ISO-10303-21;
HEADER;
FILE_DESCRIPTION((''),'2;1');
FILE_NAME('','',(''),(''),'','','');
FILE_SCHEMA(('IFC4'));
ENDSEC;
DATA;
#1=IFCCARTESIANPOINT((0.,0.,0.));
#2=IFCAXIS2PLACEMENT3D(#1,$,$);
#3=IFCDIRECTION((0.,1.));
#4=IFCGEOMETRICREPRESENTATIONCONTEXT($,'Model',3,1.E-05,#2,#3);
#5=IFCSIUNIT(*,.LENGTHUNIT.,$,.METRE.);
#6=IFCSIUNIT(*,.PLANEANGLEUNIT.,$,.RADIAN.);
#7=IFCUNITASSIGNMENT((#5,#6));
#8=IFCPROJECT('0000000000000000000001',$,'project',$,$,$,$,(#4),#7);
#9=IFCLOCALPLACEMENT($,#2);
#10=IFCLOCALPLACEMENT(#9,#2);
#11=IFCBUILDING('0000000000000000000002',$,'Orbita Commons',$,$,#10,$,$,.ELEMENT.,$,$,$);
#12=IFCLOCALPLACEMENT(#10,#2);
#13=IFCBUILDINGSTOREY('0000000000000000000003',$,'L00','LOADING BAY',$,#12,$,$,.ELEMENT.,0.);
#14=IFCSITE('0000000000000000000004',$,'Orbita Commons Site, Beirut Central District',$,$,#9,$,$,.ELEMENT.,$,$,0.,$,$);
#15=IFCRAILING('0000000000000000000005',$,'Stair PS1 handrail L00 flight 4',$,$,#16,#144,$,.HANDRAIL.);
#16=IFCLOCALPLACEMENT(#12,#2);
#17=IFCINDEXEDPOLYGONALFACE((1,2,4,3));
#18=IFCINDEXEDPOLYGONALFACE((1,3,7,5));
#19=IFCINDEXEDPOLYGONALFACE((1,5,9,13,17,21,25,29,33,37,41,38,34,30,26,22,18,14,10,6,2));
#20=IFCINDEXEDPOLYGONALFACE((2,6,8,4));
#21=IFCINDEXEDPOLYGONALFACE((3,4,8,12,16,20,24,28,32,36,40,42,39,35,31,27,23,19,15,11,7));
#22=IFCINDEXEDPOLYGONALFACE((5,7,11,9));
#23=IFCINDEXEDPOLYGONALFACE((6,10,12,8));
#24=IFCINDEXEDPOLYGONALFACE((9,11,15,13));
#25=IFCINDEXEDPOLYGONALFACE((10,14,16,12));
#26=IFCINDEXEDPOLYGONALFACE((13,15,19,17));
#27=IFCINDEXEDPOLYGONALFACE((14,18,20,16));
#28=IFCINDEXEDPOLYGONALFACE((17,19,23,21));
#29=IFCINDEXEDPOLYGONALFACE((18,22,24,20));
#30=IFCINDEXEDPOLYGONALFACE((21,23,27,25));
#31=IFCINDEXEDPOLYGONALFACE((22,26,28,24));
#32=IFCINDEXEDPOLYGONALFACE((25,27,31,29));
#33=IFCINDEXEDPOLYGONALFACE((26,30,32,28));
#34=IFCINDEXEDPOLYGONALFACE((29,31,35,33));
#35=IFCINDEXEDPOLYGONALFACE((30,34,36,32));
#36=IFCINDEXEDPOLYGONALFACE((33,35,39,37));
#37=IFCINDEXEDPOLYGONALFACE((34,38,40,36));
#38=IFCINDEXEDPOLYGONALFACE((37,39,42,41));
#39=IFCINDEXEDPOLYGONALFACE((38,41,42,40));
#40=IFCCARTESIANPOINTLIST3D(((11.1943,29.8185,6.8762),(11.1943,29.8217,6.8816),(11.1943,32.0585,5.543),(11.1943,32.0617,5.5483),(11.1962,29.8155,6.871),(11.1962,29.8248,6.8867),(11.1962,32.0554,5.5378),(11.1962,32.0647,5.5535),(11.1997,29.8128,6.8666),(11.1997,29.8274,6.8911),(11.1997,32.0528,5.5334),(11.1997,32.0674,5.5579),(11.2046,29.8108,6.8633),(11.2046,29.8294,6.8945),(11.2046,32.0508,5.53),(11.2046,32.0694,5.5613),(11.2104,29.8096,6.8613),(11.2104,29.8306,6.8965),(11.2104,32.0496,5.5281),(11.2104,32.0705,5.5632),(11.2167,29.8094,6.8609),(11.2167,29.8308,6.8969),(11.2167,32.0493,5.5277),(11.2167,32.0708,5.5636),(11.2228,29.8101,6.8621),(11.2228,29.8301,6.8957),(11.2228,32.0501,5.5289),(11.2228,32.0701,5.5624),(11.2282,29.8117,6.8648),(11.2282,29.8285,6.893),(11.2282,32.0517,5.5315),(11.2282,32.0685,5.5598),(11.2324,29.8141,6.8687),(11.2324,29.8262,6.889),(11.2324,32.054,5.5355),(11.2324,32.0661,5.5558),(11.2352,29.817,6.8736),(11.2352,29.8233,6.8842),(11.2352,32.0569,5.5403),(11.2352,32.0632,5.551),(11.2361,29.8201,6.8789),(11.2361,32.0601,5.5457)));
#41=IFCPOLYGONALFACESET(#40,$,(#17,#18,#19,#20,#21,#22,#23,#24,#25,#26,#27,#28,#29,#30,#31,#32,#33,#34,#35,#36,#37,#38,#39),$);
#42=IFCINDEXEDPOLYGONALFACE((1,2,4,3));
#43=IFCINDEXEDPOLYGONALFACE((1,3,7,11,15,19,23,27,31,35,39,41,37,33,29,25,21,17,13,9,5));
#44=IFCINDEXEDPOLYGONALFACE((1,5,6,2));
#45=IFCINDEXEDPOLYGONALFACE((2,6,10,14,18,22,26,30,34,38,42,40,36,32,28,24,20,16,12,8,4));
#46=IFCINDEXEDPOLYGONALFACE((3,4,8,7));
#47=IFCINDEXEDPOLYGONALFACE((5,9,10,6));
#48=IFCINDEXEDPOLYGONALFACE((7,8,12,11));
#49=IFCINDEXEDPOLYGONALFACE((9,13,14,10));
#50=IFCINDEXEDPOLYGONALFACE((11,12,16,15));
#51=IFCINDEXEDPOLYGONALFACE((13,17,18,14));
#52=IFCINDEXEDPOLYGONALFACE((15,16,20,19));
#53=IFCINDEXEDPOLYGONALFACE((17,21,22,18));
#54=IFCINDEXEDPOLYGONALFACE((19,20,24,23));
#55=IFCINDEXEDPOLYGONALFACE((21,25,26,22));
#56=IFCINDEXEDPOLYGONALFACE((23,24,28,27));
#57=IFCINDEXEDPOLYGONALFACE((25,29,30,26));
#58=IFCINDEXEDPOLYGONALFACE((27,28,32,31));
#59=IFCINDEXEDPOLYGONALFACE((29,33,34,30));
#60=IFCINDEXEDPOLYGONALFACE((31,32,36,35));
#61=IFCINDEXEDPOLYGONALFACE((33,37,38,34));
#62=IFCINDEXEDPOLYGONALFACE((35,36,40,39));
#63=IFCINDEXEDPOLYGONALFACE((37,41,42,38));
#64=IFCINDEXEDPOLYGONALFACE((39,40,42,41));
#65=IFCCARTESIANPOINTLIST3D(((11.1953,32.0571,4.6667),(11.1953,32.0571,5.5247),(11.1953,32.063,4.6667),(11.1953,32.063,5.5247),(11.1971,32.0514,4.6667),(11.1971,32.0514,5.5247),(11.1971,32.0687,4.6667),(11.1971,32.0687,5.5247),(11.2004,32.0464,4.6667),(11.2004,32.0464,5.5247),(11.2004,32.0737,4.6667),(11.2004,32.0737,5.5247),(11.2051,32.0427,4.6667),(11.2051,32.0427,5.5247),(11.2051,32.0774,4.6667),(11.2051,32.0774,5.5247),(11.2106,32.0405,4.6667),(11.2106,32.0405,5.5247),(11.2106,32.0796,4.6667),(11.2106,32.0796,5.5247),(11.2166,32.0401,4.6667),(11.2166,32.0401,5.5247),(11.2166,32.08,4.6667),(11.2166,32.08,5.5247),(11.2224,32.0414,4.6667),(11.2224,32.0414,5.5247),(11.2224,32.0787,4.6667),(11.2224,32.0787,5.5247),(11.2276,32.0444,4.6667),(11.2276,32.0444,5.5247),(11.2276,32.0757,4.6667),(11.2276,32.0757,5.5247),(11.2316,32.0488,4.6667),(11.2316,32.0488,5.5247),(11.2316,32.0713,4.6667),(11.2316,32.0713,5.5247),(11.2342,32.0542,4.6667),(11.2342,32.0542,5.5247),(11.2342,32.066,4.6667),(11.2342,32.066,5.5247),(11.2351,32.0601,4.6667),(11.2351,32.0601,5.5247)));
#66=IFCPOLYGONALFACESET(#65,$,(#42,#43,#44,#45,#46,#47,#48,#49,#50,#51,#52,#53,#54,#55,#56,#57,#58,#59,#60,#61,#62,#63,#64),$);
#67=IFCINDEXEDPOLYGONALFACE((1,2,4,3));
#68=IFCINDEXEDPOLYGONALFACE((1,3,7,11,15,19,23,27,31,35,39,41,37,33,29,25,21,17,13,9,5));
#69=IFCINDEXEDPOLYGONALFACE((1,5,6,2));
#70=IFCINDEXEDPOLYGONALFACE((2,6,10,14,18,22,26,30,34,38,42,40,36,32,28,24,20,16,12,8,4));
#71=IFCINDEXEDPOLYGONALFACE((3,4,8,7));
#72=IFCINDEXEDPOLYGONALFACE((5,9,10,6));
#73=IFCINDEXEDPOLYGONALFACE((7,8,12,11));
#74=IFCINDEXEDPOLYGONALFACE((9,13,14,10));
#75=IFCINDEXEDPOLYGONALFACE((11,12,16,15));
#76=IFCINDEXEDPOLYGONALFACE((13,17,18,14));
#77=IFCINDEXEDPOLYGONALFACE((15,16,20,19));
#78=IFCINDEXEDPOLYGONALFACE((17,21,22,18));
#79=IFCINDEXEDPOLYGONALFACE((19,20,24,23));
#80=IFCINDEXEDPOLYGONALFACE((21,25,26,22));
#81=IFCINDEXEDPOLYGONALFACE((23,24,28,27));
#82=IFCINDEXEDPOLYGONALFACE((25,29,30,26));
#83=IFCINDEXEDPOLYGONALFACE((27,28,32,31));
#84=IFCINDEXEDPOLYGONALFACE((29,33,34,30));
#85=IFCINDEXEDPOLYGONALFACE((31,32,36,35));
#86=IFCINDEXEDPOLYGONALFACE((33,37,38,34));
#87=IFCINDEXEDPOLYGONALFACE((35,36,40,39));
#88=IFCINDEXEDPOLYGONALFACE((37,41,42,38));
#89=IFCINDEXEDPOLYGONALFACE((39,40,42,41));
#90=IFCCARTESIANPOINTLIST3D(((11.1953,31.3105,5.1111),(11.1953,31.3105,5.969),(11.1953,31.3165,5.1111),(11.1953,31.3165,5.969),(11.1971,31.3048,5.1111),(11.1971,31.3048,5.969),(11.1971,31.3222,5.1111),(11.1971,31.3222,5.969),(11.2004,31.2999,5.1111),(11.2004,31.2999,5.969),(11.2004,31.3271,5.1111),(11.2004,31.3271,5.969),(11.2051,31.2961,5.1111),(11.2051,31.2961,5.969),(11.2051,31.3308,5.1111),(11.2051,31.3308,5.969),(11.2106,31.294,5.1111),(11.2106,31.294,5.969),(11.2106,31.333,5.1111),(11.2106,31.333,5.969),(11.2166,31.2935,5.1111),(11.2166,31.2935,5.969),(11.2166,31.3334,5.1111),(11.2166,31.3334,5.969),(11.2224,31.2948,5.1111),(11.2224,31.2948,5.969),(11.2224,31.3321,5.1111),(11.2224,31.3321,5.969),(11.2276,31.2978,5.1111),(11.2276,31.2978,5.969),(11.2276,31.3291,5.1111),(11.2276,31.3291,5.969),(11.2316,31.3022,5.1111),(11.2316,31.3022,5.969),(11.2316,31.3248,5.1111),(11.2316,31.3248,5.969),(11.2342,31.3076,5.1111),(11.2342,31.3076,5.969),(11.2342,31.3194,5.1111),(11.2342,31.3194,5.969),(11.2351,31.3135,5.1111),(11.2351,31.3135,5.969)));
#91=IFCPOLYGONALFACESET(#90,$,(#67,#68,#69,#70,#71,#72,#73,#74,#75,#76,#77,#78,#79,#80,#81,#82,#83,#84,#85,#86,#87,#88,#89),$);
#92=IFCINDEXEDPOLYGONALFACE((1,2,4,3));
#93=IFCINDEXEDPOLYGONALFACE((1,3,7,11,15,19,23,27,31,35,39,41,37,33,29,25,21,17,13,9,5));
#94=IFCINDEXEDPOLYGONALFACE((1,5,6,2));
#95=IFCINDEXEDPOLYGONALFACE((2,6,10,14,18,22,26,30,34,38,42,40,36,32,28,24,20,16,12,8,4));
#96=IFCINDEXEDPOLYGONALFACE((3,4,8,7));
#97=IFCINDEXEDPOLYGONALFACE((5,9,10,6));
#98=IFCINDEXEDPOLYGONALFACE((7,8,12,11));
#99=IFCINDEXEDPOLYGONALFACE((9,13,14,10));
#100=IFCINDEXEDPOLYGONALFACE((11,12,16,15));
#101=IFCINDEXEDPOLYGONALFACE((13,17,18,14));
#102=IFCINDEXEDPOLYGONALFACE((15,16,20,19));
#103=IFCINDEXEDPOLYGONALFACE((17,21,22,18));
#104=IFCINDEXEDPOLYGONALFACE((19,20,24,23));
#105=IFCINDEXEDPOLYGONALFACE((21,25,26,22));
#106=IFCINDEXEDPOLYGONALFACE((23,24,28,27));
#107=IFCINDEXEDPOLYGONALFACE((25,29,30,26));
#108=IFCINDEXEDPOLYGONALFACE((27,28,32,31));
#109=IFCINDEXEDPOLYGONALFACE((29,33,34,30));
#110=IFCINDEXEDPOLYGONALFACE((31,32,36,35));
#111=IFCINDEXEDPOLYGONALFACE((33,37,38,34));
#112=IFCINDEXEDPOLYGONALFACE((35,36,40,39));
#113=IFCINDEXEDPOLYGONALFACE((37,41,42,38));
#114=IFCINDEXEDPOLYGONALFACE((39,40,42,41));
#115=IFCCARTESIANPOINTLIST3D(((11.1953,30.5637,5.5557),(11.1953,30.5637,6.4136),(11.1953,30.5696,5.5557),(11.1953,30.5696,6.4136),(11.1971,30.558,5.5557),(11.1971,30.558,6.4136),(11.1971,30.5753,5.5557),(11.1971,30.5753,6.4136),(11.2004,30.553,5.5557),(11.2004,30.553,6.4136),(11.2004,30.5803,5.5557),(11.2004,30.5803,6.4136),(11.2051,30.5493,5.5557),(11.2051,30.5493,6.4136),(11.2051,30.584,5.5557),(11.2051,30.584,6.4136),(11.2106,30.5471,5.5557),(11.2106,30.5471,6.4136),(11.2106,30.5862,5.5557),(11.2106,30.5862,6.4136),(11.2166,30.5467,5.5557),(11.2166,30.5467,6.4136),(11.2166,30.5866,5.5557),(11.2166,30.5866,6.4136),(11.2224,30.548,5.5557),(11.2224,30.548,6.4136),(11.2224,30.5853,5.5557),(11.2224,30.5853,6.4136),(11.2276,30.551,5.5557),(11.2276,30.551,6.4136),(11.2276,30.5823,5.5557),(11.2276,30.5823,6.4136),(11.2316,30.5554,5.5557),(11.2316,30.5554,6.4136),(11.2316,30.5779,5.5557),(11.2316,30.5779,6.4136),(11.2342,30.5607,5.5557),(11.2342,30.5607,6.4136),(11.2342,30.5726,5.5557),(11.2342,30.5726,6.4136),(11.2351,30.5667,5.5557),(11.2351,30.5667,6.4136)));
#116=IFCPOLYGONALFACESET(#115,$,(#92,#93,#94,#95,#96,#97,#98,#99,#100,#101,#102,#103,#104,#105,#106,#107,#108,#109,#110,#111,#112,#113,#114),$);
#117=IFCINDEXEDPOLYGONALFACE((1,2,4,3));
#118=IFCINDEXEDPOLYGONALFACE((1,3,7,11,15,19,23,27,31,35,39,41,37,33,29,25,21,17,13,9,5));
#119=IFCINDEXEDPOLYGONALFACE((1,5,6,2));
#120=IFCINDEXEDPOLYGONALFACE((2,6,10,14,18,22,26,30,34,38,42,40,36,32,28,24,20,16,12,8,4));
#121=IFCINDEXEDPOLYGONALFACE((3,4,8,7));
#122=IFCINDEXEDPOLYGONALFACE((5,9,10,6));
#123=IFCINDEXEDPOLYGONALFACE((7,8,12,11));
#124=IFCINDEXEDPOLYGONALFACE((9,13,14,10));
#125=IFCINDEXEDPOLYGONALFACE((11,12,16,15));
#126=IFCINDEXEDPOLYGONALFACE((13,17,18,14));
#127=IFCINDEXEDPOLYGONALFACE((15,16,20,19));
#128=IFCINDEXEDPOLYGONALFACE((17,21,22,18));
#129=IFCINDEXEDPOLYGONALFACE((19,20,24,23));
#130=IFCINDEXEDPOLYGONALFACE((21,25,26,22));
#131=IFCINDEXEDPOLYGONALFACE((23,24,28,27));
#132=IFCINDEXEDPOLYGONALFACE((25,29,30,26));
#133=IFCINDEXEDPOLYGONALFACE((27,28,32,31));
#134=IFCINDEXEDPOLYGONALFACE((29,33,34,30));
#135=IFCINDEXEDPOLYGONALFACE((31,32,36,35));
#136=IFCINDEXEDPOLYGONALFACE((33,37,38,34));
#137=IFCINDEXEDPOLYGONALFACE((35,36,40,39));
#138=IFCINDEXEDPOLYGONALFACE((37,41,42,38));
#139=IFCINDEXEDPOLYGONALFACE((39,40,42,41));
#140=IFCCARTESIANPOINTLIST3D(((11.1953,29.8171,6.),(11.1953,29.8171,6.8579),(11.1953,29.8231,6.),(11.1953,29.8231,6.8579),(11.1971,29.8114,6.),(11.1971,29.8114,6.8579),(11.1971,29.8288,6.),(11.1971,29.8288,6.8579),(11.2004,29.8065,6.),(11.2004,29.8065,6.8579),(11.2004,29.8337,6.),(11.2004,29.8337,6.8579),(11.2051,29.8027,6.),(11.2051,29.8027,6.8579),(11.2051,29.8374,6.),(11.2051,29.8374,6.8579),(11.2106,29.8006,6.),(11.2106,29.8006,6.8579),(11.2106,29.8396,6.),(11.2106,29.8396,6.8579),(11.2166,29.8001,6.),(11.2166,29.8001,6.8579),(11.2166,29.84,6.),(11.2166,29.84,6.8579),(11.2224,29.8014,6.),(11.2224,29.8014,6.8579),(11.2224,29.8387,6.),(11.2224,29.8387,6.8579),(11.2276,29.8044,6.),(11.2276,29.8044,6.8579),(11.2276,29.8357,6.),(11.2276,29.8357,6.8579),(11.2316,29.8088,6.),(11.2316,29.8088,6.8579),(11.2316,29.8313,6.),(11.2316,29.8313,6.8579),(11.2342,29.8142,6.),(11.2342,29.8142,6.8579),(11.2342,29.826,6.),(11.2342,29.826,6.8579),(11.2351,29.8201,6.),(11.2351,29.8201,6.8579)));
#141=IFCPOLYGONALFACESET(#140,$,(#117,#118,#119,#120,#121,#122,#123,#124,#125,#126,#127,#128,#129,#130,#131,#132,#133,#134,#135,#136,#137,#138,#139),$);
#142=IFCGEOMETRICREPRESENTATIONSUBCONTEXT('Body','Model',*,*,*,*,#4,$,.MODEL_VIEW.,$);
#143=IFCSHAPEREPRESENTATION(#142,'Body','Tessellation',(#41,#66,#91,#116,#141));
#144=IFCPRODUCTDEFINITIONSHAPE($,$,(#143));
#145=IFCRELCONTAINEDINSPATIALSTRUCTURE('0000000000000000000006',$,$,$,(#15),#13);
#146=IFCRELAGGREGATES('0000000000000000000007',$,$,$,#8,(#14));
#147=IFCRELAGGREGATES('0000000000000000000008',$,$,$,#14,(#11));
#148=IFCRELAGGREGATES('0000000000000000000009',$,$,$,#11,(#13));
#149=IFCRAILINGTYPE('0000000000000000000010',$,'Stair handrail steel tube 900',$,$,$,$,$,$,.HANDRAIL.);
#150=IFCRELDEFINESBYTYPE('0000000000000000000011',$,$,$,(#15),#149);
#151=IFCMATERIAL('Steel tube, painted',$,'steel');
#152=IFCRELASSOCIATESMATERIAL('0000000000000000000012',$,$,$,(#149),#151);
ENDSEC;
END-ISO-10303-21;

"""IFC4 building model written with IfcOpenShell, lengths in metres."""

from ifc_helpers import new_model, si_unit, direction, frame, origin, origin_2d, place, context, subcontext, project, spatial, circle, extrude, material, type_object, element, save


model = new_model("IFC4")

# Units and contexts
model_context = context("Model", 3, precision=1e-05, world=origin(), true_north=direction((0.0, 1.0)))
body_context = subcontext(model_context, "Body", "Model", "MODEL_VIEW")
ifc_project = project(units=[si_unit("LENGTHUNIT", "METRE"), si_unit("PLANEANGLEUNIT", "RADIAN")], contexts=[model_context])

# Site, building, storey
site_placement = place(None, origin())
site = spatial("IfcSite", under=ifc_project, at=site_placement, Name="Orbita Commons Site, Beirut Central District", CompositionType="ELEMENT", RefElevation=0.0)
building_placement = place(site_placement, origin())
building = spatial("IfcBuilding", under=site, at=building_placement, Name="Orbita Commons", CompositionType="ELEMENT")
storey_placement = place(building_placement, origin())
storey = spatial("IfcBuildingStorey", under=building, at=storey_placement, Name="L00", Description="LOADING BAY", CompositionType="ELEMENT", Elevation=0.0)

# Railing
ifc_material_1 = material(Name="Steel tube, painted", Category="steel")
railing_type = type_object("IfcRailingType", Name="Stair handrail steel tube 900", PredefinedType="HANDRAIL", material=ifc_material_1)
for number, where, name in (
    (1, (11.2151, 32.0601, 4.6667), "Stair PS1 handrail L00 flight 4"),
):
    element("IfcRailing", number, at=place(storey_placement, frame(where)), inside=storey, type_object=railing_type, Name=name, PredefinedType="HANDRAIL", context=body_context, shape_type="SweptSolid", body=[
        extrude(circle(Radius=0.021, at=origin_2d()), frame((0.0, 0.0, 0.8789), z_axis=(0.0, -0.859306, 0.511462), x_axis=(1.0, 0.0, 0.0)), (0.0, 0.0, 1.0), 2.6067),
        extrude(circle(Radius=0.02, at=origin_2d()), origin(), (0.0, 0.0, 1.0), 0.8579),
        extrude(circle(Radius=0.02, at=origin_2d()), frame((0.0, -0.7466, 0.4443)), (0.0, 0.0, 1.0), 0.8579),
        extrude(circle(Radius=0.02, at=origin_2d()), frame((0.0, -1.4934, 0.8889)), (0.0, 0.0, 1.0), 0.8579),
        extrude(circle(Radius=0.02, at=origin_2d()), frame((0.0, -2.24, 1.3333)), (0.0, 0.0, 1.0), 0.8579),
    ])

save(model, "model.ifc")
